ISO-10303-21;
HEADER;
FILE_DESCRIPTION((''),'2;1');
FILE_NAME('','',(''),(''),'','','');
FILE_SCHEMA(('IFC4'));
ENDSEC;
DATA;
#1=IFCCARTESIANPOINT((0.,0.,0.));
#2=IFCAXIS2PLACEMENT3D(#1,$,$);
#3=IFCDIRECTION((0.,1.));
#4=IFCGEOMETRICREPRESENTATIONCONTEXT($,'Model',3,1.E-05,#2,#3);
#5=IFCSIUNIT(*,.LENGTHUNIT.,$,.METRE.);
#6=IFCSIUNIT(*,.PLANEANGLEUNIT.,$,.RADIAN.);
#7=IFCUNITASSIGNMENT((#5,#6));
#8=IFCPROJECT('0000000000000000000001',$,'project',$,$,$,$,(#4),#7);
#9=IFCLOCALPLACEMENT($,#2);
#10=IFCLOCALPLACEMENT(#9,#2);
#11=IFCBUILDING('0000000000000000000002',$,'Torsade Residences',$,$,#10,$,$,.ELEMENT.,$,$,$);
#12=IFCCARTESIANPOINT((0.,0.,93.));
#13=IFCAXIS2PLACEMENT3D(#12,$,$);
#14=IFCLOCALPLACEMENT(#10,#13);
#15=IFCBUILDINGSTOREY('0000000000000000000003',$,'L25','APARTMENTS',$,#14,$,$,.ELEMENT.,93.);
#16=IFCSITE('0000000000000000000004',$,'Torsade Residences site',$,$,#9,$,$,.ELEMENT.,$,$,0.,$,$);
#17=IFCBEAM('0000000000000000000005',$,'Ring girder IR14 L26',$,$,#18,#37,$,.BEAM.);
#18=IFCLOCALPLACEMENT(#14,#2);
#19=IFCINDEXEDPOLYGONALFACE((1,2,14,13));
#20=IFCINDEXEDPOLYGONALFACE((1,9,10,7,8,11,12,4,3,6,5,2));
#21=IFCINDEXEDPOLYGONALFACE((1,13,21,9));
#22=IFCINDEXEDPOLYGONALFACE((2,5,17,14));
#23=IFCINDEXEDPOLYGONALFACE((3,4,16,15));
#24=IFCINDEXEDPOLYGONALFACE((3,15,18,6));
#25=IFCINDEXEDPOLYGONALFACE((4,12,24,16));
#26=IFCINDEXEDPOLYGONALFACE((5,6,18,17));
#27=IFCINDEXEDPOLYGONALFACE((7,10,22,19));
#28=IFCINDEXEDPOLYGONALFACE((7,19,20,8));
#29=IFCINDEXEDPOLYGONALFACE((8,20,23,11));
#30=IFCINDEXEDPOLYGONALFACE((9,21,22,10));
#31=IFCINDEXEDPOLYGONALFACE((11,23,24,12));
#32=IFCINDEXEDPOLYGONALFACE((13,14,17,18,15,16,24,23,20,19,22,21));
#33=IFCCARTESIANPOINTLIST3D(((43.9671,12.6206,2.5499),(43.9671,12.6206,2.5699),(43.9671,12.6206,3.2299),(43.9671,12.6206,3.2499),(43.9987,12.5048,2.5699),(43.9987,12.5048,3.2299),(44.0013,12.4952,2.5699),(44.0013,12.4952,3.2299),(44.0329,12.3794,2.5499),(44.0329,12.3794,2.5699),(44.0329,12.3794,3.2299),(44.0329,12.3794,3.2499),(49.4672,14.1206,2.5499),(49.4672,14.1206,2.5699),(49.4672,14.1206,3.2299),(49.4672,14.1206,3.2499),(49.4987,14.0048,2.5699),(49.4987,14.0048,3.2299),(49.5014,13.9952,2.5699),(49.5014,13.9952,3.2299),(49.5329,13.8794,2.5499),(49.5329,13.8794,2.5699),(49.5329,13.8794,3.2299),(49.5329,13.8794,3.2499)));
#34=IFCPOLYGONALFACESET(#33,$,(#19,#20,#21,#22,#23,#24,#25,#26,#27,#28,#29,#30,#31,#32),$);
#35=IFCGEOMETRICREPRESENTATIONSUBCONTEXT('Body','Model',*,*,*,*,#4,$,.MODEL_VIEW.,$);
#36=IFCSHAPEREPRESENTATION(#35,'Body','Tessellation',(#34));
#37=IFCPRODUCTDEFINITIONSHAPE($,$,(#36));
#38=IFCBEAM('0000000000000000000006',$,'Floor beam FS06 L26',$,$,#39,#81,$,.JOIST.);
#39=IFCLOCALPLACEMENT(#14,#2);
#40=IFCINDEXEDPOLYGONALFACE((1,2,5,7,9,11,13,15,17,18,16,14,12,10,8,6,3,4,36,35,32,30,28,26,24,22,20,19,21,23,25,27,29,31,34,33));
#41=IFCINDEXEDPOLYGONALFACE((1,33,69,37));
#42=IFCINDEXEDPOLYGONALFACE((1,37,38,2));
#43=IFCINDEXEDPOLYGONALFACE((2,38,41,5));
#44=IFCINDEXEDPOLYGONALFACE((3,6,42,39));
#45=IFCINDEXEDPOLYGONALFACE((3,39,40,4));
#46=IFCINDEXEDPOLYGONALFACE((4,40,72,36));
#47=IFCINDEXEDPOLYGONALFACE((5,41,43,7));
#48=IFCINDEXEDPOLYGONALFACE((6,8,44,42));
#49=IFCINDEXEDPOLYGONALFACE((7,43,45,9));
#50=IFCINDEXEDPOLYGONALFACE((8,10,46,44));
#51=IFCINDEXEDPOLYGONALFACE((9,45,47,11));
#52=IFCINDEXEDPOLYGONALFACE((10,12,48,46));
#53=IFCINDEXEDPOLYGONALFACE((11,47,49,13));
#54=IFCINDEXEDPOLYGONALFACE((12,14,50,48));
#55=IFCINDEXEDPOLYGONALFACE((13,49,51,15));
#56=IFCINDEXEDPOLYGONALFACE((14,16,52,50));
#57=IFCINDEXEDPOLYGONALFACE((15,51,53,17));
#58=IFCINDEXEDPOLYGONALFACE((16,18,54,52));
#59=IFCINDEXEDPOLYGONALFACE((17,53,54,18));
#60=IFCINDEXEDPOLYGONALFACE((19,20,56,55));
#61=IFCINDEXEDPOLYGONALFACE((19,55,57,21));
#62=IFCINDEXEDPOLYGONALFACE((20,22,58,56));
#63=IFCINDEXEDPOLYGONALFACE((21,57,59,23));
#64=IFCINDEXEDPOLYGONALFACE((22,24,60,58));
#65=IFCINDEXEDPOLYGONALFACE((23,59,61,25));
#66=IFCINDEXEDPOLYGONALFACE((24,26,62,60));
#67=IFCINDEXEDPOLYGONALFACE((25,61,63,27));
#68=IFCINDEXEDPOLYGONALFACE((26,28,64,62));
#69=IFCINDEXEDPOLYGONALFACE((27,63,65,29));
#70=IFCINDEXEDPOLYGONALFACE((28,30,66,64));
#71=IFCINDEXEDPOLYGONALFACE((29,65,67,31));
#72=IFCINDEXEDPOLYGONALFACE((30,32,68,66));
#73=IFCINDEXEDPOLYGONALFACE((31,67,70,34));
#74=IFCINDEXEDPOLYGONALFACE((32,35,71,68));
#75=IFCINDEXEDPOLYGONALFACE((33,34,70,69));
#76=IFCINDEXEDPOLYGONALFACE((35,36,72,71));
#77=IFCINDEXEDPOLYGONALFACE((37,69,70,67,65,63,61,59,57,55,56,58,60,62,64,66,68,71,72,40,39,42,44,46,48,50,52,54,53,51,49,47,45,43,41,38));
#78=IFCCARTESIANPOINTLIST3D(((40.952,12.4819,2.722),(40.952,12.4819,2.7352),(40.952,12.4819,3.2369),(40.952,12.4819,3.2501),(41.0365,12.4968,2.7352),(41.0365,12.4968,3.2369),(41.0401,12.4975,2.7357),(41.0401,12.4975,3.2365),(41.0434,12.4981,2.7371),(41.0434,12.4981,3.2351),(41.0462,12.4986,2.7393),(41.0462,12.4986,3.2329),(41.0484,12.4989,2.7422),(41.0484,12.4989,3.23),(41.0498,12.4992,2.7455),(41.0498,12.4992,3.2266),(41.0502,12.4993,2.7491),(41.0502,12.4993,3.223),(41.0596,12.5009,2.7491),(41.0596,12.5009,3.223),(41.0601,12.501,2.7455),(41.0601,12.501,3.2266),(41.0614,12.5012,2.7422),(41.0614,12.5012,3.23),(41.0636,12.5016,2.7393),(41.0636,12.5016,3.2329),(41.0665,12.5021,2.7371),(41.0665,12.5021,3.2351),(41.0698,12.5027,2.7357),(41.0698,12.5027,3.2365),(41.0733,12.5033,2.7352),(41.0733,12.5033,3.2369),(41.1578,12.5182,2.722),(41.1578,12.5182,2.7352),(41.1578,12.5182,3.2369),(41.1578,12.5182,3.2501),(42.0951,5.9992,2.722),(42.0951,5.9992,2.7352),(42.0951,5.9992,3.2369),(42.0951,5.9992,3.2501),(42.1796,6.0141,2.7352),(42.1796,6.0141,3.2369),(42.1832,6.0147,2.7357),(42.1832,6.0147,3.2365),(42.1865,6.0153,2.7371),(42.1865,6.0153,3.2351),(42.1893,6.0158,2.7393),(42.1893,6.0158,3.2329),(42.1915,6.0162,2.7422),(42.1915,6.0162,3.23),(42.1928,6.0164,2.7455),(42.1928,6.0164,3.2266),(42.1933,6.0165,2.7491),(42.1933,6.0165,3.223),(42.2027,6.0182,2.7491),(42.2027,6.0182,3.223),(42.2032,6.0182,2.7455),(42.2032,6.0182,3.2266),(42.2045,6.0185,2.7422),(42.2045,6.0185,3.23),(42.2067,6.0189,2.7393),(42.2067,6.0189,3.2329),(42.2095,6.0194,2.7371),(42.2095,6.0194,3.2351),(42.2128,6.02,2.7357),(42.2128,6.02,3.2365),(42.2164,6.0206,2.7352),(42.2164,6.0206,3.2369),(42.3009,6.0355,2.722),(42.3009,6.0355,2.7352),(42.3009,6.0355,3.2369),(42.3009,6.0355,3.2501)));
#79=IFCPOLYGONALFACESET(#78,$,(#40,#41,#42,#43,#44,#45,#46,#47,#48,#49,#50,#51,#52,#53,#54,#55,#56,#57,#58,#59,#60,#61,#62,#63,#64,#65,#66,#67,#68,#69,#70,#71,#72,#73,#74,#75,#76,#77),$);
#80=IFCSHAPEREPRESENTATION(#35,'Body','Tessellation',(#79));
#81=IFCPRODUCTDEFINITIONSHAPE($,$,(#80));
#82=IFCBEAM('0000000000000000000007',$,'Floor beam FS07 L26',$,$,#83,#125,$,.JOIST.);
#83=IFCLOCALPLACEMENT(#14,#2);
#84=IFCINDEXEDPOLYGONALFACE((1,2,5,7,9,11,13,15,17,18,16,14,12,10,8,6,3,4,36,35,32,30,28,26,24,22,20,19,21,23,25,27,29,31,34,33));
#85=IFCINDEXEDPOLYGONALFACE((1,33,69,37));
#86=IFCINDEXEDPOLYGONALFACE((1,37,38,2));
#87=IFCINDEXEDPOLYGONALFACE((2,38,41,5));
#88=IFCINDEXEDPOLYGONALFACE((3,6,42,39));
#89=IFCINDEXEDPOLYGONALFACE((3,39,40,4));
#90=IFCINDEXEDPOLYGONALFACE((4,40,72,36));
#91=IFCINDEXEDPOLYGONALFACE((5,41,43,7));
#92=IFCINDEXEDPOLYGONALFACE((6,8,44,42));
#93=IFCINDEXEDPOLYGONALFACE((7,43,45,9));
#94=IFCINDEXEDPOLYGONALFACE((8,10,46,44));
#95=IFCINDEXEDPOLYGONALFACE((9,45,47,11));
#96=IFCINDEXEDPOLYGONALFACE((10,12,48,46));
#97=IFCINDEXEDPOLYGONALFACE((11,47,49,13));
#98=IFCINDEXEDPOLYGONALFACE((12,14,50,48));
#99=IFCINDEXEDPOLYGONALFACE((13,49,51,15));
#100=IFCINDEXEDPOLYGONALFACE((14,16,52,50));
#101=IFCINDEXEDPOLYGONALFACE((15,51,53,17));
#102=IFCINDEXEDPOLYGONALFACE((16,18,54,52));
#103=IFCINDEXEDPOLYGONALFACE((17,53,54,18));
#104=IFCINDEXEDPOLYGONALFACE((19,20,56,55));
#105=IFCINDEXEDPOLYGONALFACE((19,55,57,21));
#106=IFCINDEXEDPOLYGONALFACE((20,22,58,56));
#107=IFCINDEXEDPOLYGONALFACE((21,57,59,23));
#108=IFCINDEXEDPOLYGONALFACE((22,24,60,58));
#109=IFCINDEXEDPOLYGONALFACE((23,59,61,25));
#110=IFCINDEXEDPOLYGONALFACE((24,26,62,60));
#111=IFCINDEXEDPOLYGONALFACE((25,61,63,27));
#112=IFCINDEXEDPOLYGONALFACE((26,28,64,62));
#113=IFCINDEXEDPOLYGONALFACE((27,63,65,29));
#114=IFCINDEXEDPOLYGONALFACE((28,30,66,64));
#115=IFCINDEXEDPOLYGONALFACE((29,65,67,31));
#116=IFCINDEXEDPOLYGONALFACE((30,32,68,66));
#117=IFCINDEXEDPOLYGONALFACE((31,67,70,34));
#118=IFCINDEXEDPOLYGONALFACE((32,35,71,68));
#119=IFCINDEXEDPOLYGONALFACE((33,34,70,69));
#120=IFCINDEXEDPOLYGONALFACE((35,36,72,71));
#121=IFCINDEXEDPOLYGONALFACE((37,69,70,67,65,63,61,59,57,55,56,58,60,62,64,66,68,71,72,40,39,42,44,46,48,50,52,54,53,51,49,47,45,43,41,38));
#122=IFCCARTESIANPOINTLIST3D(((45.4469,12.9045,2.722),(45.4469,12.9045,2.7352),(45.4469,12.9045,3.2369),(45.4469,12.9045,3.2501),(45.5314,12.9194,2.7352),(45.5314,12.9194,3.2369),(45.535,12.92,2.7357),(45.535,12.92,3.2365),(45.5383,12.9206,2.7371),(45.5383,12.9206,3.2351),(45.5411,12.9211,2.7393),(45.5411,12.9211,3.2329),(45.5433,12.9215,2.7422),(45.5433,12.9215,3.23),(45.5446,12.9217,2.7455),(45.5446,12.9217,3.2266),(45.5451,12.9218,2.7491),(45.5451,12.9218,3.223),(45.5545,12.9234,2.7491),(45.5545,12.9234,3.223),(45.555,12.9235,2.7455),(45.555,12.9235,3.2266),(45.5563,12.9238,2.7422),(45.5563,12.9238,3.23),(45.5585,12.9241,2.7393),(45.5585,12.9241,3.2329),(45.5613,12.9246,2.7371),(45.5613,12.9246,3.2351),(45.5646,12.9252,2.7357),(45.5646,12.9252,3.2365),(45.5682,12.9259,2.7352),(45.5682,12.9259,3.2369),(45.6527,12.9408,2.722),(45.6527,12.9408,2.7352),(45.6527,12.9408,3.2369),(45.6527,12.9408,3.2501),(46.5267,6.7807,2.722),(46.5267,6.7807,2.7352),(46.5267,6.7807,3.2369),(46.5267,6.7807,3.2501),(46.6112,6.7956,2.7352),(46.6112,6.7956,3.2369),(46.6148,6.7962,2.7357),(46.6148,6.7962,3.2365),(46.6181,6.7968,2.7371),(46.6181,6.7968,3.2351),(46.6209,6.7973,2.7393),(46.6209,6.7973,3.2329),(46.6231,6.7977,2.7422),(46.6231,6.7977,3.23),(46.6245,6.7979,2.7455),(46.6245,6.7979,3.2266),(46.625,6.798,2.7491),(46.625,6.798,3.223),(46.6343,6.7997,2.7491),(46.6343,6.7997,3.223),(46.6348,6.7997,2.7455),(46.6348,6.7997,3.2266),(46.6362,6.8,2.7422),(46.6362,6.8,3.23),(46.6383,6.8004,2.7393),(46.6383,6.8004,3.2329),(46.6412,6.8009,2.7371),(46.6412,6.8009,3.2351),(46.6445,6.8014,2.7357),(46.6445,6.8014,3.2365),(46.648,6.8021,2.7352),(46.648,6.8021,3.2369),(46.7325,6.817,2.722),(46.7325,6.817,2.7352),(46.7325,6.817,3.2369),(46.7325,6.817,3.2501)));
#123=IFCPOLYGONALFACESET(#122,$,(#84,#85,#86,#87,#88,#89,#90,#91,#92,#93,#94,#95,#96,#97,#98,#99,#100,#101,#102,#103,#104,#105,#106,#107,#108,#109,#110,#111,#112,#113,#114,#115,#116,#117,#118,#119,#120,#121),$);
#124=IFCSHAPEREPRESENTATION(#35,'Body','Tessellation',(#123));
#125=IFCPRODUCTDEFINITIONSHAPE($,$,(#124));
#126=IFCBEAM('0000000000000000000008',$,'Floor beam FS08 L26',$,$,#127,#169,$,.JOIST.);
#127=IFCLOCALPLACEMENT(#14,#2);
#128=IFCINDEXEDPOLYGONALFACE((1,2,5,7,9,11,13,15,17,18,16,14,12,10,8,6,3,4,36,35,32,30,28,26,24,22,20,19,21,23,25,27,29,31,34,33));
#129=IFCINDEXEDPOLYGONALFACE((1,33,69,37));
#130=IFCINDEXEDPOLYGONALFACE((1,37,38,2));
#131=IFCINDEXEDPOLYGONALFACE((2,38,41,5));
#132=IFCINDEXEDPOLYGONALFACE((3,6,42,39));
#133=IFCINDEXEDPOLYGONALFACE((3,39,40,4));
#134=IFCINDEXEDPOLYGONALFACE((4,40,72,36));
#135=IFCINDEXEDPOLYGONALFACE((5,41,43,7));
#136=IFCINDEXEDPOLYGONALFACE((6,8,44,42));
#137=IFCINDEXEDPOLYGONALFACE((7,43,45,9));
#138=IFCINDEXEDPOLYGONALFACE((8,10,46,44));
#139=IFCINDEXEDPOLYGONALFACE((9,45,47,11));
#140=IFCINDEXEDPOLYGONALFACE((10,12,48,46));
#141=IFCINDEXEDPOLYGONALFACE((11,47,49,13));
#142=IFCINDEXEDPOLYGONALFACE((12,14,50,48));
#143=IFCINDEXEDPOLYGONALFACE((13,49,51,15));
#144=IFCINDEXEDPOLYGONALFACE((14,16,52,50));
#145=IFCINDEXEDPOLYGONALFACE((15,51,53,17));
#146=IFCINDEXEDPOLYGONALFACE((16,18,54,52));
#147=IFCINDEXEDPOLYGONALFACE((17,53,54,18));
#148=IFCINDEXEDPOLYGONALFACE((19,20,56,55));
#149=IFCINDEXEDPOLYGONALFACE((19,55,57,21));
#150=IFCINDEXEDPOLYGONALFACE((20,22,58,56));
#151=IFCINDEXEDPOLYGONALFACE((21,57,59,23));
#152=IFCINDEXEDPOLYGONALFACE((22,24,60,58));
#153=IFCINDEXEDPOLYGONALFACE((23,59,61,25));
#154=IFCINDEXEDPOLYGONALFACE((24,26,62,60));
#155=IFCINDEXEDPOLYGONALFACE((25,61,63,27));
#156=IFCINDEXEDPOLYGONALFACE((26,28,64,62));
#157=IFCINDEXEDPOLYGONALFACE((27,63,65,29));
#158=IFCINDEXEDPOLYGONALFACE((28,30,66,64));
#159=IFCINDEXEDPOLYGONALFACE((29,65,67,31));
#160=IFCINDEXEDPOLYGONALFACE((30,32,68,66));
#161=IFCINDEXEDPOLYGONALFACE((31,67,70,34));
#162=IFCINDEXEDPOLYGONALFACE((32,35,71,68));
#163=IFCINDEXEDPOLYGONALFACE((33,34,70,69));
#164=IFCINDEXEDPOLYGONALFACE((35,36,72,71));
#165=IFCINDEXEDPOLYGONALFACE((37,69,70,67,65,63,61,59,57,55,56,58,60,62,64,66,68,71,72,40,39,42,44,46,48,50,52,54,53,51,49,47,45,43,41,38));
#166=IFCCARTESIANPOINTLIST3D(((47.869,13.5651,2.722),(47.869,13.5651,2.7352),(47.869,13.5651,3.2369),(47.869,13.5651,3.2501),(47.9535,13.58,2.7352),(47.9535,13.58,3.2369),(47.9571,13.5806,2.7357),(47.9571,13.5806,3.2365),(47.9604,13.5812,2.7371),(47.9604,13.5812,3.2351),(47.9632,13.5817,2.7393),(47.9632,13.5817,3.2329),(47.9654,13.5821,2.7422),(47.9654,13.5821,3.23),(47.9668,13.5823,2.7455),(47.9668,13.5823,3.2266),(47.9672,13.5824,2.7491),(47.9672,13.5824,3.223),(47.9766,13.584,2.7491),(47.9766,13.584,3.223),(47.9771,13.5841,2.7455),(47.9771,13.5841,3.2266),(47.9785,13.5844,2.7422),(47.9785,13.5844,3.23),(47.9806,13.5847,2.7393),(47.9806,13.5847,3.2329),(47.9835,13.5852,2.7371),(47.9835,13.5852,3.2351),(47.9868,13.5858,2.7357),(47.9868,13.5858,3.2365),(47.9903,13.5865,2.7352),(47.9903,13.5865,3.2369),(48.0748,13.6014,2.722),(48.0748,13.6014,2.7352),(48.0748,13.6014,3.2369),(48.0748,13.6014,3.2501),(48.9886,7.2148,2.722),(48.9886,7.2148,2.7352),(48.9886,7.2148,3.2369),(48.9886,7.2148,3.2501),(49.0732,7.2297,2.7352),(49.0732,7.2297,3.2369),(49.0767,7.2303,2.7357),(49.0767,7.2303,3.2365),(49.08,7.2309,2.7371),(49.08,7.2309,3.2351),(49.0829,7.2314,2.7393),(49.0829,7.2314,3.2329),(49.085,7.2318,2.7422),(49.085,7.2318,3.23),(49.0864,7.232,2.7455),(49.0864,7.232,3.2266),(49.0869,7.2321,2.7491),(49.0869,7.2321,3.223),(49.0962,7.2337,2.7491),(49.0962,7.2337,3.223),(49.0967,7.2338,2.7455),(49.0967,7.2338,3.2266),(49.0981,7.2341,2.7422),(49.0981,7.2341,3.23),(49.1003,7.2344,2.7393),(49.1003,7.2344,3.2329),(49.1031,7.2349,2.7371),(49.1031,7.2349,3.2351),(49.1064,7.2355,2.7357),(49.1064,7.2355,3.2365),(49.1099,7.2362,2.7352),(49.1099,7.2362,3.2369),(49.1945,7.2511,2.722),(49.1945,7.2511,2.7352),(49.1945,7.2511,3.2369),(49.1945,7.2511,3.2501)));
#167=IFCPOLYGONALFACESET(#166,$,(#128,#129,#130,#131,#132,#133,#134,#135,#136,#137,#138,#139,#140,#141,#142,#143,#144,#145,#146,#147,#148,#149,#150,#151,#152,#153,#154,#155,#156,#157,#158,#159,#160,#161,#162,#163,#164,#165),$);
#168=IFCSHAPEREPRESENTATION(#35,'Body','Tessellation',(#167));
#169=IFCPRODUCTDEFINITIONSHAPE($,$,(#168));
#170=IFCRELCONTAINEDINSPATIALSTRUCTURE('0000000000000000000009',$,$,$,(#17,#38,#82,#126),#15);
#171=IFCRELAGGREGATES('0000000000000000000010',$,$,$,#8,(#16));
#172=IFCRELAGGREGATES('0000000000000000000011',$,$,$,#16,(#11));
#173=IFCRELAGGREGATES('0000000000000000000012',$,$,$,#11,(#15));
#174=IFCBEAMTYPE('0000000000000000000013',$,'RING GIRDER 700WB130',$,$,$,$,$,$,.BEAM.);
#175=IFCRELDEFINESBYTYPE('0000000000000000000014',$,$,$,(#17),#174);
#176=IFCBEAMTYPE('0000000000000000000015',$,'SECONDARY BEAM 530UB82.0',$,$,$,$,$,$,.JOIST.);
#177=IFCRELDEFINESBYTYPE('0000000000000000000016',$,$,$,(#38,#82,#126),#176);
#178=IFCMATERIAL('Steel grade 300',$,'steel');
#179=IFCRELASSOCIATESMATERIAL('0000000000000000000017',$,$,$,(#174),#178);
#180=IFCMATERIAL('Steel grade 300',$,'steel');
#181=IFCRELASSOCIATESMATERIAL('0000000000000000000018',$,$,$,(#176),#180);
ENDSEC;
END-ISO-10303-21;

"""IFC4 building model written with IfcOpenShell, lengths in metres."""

from ifc_helpers import new_model, si_unit, direction, frame, origin, origin_2d, place, context, subcontext, project, spatial, i_section, extrude, material, material_profile, profile_set, type_object, element, save


model = new_model("IFC4")

# Units and contexts
model_context = context("Model", 3, precision=1e-05, world=origin(), true_north=direction((0.0, 1.0)))
body_context = subcontext(model_context, "Body", "Model", "MODEL_VIEW")
ifc_project = project(units=[si_unit("LENGTHUNIT", "METRE"), si_unit("PLANEANGLEUNIT", "RADIAN")], contexts=[model_context])

# Site, building, storey
site_placement = place(None, origin())
site = spatial("IfcSite", under=ifc_project, at=site_placement, Name="Torsade Residences site", CompositionType="ELEMENT", RefElevation=0.0)
building_placement = place(site_placement, origin())
building = spatial("IfcBuilding", under=site, at=building_placement, Name="Torsade Residences", CompositionType="ELEMENT")
storey_placement = place(building_placement, frame((0.0, 0.0, 93.0)))
storey = spatial("IfcBuildingStorey", under=building, at=storey_placement, Name="L25", Description="APARTMENTS", CompositionType="ELEMENT", Elevation=93.0)

# Beams
ifc_material_1 = material(Name="Steel grade 300", Category="steel")
ifc_material_profile_1 = material_profile(ifc_material_1, i_section(OverallWidth=0.25, OverallDepth=0.7, WebThickness=0.01, FlangeThickness=0.02, at=origin_2d()), Name="700WB130")
ifc_profile_set_1 = profile_set([ifc_material_profile_1], Name="Steel grade 300")
beam_type_1 = type_object("IfcBeamType", Name="RING GIRDER 700WB130", PredefinedType="BEAM", material=ifc_profile_set_1)
beam_1_placement = place(storey_placement, frame((44.0, 12.5, 2.8999), z_axis=(0.964764, 0.263117, 0.0), x_axis=(-0.263117, 0.964764, 0.0)))
element("IfcBeam", 1, at=beam_1_placement, inside=storey, type_object=beam_type_1, Name="Ring girder IR14 L26", PredefinedType="BEAM", context=body_context, shape_type="SweptSolid", body=[
    extrude(i_section(OverallWidth=0.25, OverallDepth=0.7, WebThickness=0.01, FlangeThickness=0.02, at=origin_2d()), origin(), (0.0, 0.0, 1.0), 5.7009),
])
ifc_material_2 = material(Name="Steel grade 300", Category="steel")
ifc_material_profile_2 = material_profile(ifc_material_2, i_section(OverallWidth=0.209, OverallDepth=0.5281, WebThickness=0.0095, FlangeThickness=0.0132, FilletRadius=0.0139, at=origin_2d()), Name="530UB82.0")
ifc_profile_set_2 = profile_set([ifc_material_profile_2], Name="Steel grade 300")
beam_type_2 = type_object("IfcBeamType", Name="SECONDARY BEAM 530UB82.0", PredefinedType="JOIST", material=ifc_profile_set_2)
beam_2_placement = place(storey_placement, frame((42.198, 6.0173, 2.9861), z_axis=(-0.173648, 0.984808, 0.0), x_axis=(-0.984808, -0.173648, 0.0)))
element("IfcBeam", 2, at=beam_2_placement, inside=storey, type_object=beam_type_2, Name="Floor beam FS06 L26", PredefinedType="JOIST", context=body_context, shape_type="SweptSolid", body=[
    extrude(i_section(OverallWidth=0.209, OverallDepth=0.5281, WebThickness=0.0095, FlangeThickness=0.0132, FilletRadius=0.0139, at=origin_2d()), origin(), (0.0, 0.0, 1.0), 6.5828),
])
beam_3_placement = place(storey_placement, frame((46.6296, 6.7988, 2.9861), z_axis=(-0.173655, 0.984806, 0.0), x_axis=(-0.984806, -0.173655, 0.0)))
element("IfcBeam", 3, at=beam_3_placement, inside=storey, type_object=beam_type_2, Name="Floor beam FS07 L26", PredefinedType="JOIST", context=body_context, shape_type="SweptSolid", body=[
    extrude(i_section(OverallWidth=0.209, OverallDepth=0.5281, WebThickness=0.0095, FlangeThickness=0.0132, FilletRadius=0.0139, at=origin_2d()), origin(), (0.0, 0.0, 1.0), 6.2183),
])
beam_4_placement = place(storey_placement, frame((49.0916, 7.2329, 2.9861), z_axis=(-0.173632, 0.984811, 0.0), x_axis=(-0.984811, -0.173632, 0.0)))
element("IfcBeam", 4, at=beam_4_placement, inside=storey, type_object=beam_type_2, Name="Floor beam FS08 L26", PredefinedType="JOIST", context=body_context, shape_type="SweptSolid", body=[
    extrude(i_section(OverallWidth=0.209, OverallDepth=0.5281, WebThickness=0.0095, FlangeThickness=0.0132, FilletRadius=0.0139, at=origin_2d()), origin(), (0.0, 0.0, 1.0), 6.4482),
])

save(model, "model.ifc")
